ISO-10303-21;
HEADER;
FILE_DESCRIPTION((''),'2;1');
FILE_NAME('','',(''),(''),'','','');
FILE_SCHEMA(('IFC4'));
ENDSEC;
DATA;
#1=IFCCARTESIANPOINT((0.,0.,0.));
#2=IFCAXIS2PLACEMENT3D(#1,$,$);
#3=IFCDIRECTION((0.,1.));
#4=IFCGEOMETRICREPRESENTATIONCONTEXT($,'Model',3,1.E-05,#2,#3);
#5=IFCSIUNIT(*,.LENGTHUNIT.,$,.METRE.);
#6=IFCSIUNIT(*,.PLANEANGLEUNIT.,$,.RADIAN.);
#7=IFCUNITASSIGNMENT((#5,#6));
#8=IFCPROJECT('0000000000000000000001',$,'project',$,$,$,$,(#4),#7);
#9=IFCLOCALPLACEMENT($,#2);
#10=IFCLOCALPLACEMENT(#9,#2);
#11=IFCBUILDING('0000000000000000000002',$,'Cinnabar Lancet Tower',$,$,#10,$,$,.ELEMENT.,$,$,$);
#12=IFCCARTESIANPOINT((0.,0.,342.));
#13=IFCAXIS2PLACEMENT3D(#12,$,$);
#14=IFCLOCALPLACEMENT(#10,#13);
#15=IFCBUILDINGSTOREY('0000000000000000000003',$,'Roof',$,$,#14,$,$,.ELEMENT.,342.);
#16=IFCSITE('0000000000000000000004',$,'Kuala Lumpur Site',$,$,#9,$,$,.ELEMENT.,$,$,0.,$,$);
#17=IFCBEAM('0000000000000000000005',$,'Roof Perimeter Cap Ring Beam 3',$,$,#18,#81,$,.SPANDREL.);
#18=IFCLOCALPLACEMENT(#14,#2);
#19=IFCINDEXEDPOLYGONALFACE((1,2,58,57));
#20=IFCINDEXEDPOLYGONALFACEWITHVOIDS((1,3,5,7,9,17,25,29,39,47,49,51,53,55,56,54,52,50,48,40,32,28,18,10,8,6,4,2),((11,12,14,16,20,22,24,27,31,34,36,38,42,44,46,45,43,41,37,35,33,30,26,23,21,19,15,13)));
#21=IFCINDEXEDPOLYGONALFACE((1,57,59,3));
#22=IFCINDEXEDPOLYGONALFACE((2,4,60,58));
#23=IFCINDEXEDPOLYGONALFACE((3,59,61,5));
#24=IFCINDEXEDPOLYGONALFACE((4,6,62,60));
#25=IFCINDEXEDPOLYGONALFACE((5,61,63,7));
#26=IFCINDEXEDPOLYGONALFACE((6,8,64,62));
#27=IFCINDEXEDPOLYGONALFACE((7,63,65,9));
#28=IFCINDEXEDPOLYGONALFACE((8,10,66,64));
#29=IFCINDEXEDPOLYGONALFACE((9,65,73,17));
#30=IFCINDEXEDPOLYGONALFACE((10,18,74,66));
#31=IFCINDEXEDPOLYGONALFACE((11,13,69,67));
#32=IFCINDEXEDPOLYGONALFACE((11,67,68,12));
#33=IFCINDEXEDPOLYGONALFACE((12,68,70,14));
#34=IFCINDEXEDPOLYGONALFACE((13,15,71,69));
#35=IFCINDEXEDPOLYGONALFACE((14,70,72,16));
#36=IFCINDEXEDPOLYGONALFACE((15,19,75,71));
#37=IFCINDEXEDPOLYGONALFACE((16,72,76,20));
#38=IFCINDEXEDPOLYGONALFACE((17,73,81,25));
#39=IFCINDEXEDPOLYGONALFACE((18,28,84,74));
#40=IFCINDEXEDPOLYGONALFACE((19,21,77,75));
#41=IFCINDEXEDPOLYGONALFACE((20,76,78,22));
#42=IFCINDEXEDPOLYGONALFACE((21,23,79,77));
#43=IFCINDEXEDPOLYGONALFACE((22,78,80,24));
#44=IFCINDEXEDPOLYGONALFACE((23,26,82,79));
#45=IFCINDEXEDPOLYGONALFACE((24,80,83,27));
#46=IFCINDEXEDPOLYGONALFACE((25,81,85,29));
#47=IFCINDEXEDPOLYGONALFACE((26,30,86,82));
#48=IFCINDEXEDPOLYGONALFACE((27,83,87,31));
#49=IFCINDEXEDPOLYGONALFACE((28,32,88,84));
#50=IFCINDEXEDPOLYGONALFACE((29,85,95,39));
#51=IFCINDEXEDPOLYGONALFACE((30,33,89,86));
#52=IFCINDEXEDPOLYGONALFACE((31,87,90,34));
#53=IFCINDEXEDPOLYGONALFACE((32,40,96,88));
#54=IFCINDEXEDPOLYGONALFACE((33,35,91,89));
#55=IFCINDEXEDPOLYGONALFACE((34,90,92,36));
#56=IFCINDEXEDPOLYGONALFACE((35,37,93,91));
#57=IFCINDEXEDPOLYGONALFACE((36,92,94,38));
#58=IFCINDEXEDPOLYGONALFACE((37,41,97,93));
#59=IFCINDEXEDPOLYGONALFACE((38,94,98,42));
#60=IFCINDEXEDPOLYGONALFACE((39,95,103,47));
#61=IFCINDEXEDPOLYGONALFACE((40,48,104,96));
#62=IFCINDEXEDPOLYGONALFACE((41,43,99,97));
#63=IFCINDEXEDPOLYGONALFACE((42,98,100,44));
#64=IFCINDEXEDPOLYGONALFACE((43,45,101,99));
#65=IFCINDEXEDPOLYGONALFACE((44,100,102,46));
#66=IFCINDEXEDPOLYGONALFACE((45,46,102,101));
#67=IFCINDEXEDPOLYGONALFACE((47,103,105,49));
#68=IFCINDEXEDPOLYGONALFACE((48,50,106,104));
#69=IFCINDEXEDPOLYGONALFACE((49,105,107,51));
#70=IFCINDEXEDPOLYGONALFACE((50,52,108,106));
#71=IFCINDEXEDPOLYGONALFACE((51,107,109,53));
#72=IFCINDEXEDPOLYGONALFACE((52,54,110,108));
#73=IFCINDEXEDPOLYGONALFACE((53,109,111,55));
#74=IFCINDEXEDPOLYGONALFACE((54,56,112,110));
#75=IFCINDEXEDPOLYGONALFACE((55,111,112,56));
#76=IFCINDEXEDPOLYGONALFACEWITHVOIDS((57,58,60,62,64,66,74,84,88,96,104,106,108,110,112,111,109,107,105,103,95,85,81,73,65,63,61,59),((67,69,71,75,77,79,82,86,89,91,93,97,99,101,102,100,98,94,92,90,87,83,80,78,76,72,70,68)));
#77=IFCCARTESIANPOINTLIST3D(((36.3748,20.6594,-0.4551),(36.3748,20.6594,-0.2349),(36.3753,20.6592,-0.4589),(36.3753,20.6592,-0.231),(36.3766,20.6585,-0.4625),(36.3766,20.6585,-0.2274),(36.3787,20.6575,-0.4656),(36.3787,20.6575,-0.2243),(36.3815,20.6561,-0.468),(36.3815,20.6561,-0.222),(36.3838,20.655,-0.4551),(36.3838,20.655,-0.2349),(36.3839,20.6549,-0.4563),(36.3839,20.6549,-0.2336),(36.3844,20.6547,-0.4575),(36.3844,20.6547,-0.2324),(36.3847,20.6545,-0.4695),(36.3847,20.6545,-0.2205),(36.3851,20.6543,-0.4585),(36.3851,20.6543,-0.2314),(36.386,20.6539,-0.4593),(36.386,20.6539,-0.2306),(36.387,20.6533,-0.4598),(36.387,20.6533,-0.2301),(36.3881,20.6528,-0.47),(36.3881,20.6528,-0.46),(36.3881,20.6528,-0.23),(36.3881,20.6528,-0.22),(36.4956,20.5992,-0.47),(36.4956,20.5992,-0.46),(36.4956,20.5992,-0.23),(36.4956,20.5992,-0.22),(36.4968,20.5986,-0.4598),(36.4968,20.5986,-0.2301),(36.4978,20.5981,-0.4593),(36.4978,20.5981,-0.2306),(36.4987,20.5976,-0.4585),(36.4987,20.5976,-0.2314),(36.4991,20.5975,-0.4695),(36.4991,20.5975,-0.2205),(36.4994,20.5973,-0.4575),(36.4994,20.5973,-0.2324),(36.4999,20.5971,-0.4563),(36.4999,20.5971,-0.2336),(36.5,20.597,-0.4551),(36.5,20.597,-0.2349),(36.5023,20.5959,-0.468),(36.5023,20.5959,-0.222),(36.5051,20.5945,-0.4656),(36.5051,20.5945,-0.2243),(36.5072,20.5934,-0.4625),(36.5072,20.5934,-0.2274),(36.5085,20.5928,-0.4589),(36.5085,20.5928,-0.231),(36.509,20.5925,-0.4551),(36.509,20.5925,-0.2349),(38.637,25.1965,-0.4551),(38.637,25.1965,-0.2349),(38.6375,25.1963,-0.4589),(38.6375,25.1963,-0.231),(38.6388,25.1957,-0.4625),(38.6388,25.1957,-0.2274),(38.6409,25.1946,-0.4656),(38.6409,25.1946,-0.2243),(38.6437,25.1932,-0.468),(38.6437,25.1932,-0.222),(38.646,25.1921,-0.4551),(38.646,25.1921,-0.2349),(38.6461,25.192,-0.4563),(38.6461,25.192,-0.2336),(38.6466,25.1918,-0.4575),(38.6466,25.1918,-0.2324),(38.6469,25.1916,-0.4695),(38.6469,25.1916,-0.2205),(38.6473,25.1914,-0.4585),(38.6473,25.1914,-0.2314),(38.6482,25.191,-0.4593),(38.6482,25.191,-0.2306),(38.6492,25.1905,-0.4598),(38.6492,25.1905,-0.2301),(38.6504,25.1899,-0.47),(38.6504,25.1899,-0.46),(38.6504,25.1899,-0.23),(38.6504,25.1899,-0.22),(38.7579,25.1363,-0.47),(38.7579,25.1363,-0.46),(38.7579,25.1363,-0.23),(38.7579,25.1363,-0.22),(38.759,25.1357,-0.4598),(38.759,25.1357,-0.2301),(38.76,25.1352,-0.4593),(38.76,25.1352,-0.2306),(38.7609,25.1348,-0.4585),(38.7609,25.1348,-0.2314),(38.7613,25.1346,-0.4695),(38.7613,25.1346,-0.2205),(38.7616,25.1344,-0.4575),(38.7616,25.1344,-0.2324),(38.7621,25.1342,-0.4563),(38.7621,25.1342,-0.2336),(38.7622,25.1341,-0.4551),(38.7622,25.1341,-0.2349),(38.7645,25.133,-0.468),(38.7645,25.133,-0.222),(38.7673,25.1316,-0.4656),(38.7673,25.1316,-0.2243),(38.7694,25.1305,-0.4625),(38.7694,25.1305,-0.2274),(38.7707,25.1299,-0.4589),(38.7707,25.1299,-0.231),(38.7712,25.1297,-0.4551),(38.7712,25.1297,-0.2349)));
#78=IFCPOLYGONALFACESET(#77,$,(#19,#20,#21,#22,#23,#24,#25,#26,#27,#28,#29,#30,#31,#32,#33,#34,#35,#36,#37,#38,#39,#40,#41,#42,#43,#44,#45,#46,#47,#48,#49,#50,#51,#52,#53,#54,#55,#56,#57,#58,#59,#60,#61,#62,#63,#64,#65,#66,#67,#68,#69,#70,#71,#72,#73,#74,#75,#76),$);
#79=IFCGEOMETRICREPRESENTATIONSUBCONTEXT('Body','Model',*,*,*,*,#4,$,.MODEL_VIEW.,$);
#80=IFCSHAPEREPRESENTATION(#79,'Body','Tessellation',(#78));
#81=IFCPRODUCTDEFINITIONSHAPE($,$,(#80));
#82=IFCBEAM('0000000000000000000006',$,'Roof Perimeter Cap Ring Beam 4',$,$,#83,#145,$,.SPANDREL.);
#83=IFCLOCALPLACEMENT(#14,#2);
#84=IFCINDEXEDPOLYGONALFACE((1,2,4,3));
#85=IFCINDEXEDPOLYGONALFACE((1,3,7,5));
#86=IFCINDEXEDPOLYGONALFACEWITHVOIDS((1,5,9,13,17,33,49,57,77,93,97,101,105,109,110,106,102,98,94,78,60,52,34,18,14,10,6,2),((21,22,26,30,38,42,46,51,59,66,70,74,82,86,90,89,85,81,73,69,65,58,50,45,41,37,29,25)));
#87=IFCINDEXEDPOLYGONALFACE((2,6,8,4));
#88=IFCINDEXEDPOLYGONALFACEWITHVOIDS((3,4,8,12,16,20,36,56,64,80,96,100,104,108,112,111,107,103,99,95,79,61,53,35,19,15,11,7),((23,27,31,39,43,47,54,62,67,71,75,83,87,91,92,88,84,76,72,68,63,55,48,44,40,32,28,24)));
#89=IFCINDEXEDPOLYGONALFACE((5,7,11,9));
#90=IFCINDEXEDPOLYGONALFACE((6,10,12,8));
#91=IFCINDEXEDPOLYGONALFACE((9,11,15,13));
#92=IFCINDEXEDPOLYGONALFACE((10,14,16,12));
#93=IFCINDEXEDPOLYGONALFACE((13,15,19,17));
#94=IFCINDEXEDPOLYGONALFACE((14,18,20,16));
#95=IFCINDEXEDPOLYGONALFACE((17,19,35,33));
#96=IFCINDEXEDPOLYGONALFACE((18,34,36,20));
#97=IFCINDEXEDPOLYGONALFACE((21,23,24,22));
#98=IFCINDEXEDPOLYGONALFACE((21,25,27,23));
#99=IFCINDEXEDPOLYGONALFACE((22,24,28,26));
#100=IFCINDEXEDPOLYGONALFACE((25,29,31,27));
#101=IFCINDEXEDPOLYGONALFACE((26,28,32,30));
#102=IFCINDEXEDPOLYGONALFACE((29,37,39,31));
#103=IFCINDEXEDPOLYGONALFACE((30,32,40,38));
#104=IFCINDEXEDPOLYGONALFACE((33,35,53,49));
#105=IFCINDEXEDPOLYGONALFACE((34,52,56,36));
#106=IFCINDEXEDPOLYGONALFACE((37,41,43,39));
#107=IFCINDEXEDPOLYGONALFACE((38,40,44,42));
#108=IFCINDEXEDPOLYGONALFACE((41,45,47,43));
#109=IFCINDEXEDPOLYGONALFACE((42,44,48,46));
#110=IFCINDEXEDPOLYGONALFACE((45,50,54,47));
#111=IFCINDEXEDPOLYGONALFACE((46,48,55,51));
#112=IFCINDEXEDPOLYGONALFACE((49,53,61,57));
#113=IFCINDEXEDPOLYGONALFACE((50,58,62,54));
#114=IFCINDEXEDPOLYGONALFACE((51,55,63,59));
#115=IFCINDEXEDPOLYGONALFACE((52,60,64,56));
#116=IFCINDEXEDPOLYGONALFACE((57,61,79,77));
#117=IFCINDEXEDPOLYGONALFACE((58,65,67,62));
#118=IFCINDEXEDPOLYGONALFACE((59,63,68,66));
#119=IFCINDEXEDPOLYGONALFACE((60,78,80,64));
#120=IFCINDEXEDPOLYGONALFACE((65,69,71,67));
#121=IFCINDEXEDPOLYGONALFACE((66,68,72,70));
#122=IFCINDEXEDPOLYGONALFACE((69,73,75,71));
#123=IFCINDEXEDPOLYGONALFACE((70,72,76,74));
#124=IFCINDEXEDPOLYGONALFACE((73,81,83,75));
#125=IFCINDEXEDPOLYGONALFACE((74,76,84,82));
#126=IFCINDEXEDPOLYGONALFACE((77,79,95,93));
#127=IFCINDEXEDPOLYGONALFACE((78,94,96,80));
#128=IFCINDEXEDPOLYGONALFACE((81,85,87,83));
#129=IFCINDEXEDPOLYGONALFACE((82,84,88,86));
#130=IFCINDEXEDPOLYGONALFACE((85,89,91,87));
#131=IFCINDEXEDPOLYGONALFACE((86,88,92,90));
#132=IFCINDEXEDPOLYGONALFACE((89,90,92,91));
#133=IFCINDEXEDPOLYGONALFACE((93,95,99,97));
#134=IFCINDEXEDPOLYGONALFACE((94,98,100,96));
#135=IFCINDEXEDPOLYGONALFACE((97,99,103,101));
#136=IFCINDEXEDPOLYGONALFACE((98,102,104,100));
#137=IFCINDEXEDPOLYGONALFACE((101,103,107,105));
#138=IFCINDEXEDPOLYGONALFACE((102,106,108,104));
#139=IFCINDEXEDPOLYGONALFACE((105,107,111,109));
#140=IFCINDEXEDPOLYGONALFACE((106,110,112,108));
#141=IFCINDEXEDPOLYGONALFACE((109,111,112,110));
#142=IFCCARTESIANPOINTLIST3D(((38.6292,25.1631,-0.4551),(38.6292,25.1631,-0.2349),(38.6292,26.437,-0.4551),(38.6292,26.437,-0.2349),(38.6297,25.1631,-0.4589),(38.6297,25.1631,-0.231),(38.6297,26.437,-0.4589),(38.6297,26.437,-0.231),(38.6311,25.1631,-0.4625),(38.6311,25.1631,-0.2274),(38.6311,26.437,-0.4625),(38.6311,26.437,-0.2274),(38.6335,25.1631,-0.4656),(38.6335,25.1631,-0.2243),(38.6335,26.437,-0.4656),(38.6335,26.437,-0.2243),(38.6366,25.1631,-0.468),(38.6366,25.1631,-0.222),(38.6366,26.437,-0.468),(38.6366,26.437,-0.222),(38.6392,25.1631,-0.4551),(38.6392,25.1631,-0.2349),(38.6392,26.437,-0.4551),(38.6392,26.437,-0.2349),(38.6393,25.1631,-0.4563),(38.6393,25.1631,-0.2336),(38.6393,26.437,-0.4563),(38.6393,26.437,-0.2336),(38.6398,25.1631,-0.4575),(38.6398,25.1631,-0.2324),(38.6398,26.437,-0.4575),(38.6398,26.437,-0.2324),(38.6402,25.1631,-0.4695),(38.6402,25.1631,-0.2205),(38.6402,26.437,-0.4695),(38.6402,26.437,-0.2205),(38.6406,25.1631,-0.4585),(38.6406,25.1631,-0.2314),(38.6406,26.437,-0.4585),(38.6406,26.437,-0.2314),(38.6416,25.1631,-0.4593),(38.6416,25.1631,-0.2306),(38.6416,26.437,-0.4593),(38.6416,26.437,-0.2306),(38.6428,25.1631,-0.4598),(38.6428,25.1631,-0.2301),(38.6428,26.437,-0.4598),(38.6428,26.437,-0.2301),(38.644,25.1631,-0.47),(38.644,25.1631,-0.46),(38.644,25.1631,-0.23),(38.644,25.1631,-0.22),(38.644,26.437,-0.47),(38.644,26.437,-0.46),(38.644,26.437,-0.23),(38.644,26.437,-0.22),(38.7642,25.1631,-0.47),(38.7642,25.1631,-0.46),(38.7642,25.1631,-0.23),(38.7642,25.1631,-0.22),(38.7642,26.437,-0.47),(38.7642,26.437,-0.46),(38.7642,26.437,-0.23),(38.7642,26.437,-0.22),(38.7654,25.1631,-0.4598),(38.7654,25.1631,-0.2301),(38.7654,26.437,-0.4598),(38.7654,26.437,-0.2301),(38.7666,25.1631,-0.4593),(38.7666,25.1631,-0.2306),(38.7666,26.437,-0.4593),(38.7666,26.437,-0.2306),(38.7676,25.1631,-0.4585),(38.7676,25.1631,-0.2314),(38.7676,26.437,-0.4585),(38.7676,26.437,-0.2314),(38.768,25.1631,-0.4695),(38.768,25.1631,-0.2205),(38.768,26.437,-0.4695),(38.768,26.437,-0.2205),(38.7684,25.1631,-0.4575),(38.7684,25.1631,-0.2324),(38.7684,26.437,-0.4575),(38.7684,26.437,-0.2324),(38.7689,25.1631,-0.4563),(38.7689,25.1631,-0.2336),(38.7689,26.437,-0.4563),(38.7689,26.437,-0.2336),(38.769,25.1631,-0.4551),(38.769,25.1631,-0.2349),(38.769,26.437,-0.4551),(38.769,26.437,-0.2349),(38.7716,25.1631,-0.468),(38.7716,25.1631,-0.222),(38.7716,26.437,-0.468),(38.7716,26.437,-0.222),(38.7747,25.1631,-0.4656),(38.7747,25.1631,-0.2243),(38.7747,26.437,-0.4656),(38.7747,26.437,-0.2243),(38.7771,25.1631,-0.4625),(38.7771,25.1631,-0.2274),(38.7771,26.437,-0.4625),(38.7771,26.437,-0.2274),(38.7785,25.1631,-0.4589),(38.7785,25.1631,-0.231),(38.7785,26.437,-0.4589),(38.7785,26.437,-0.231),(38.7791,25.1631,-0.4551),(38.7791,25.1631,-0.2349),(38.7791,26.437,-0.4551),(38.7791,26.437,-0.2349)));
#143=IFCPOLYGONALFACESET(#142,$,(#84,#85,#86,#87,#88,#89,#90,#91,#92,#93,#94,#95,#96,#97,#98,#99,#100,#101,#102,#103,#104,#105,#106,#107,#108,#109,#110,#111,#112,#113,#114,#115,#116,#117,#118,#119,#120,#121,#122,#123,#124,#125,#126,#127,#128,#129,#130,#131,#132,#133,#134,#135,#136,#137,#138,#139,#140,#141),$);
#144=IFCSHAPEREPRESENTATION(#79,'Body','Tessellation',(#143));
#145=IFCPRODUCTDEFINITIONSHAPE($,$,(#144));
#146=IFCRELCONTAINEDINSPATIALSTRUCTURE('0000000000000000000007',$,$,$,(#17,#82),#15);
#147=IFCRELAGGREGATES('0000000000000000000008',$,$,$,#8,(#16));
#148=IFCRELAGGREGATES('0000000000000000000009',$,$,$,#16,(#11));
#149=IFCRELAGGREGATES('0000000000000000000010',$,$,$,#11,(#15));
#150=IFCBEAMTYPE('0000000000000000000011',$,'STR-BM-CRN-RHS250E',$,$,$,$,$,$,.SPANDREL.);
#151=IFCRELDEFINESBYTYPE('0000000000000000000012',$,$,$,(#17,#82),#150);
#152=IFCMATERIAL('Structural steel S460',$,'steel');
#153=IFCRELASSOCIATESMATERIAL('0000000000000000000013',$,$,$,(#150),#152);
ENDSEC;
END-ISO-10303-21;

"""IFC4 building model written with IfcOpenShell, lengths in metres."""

from ifc_helpers import new_model, si_unit, direction, frame, origin, origin_2d, place, context, subcontext, project, spatial, hollow_rectangle, extrude, material, material_profile, profile_set, type_object, element, save


model = new_model("IFC4")

# Units and contexts
model_context = context("Model", 3, precision=1e-05, world=origin(), true_north=direction((0.0, 1.0)))
body_context = subcontext(model_context, "Body", "Model", "MODEL_VIEW")
ifc_project = project(units=[si_unit("LENGTHUNIT", "METRE"), si_unit("PLANEANGLEUNIT", "RADIAN")], contexts=[model_context])

# Site, building, storey
site_placement = place(None, origin())
site = spatial("IfcSite", under=ifc_project, at=site_placement, Name="Kuala Lumpur Site", CompositionType="ELEMENT", RefElevation=0.0)
building_placement = place(site_placement, origin())
building = spatial("IfcBuilding", under=site, at=building_placement, Name="Cinnabar Lancet Tower", CompositionType="ELEMENT")
storey_placement = place(building_placement, frame((0.0, 0.0, 342.0)))
storey = spatial("IfcBuildingStorey", under=building, at=storey_placement, Name="Roof", CompositionType="ELEMENT", Elevation=342.0)

# Beams
ifc_material_1 = material(Name="Structural steel S460", Category="steel")
ifc_material_profile_1 = material_profile(ifc_material_1, hollow_rectangle(XDim=0.1499, YDim=0.25, WallThickness=0.01, InnerFilletRadius=0.0049, OuterFilletRadius=0.0149, at=origin_2d()), Name="RHS 250x150x10")
ifc_profile_set_1 = profile_set([ifc_material_profile_1], Name="Structural steel S460")
beam_type_1 = type_object("IfcBeamType", Name="STR-BM-CRN-RHS250E", PredefinedType="SPANDREL", material=ifc_profile_set_1)
beam_1_placement = place(storey_placement, frame((36.4419, 20.626, -0.345), z_axis=(0.446212, 0.894927, 0.0), x_axis=(-0.894927, 0.446212, 0.0)))
element("IfcBeam", 1, at=beam_1_placement, inside=storey, type_object=beam_type_1, Name="Roof Perimeter Cap Ring Beam 3", PredefinedType="SPANDREL", context=body_context, shape_type="SweptSolid", body=[
    extrude(hollow_rectangle(XDim=0.1499, YDim=0.25, WallThickness=0.01, InnerFilletRadius=0.0049, OuterFilletRadius=0.0149, at=origin_2d()), origin(), (0.0, 0.0, 1.0), 5.0698),
])
beam_2_placement = place(storey_placement, frame((38.7041, 25.1631, -0.345), z_axis=(0.0, 1.0, 0.0), x_axis=(-1.0, 0.0, 0.0)))
element("IfcBeam", 2, at=beam_2_placement, inside=storey, type_object=beam_type_1, Name="Roof Perimeter Cap Ring Beam 4", PredefinedType="SPANDREL", context=body_context, shape_type="SweptSolid", body=[
    extrude(hollow_rectangle(XDim=0.1499, YDim=0.25, WallThickness=0.01, InnerFilletRadius=0.0049, OuterFilletRadius=0.0149, at=origin_2d()), origin(), (0.0, 0.0, 1.0), 1.2739),
])

save(model, "model.ifc")
